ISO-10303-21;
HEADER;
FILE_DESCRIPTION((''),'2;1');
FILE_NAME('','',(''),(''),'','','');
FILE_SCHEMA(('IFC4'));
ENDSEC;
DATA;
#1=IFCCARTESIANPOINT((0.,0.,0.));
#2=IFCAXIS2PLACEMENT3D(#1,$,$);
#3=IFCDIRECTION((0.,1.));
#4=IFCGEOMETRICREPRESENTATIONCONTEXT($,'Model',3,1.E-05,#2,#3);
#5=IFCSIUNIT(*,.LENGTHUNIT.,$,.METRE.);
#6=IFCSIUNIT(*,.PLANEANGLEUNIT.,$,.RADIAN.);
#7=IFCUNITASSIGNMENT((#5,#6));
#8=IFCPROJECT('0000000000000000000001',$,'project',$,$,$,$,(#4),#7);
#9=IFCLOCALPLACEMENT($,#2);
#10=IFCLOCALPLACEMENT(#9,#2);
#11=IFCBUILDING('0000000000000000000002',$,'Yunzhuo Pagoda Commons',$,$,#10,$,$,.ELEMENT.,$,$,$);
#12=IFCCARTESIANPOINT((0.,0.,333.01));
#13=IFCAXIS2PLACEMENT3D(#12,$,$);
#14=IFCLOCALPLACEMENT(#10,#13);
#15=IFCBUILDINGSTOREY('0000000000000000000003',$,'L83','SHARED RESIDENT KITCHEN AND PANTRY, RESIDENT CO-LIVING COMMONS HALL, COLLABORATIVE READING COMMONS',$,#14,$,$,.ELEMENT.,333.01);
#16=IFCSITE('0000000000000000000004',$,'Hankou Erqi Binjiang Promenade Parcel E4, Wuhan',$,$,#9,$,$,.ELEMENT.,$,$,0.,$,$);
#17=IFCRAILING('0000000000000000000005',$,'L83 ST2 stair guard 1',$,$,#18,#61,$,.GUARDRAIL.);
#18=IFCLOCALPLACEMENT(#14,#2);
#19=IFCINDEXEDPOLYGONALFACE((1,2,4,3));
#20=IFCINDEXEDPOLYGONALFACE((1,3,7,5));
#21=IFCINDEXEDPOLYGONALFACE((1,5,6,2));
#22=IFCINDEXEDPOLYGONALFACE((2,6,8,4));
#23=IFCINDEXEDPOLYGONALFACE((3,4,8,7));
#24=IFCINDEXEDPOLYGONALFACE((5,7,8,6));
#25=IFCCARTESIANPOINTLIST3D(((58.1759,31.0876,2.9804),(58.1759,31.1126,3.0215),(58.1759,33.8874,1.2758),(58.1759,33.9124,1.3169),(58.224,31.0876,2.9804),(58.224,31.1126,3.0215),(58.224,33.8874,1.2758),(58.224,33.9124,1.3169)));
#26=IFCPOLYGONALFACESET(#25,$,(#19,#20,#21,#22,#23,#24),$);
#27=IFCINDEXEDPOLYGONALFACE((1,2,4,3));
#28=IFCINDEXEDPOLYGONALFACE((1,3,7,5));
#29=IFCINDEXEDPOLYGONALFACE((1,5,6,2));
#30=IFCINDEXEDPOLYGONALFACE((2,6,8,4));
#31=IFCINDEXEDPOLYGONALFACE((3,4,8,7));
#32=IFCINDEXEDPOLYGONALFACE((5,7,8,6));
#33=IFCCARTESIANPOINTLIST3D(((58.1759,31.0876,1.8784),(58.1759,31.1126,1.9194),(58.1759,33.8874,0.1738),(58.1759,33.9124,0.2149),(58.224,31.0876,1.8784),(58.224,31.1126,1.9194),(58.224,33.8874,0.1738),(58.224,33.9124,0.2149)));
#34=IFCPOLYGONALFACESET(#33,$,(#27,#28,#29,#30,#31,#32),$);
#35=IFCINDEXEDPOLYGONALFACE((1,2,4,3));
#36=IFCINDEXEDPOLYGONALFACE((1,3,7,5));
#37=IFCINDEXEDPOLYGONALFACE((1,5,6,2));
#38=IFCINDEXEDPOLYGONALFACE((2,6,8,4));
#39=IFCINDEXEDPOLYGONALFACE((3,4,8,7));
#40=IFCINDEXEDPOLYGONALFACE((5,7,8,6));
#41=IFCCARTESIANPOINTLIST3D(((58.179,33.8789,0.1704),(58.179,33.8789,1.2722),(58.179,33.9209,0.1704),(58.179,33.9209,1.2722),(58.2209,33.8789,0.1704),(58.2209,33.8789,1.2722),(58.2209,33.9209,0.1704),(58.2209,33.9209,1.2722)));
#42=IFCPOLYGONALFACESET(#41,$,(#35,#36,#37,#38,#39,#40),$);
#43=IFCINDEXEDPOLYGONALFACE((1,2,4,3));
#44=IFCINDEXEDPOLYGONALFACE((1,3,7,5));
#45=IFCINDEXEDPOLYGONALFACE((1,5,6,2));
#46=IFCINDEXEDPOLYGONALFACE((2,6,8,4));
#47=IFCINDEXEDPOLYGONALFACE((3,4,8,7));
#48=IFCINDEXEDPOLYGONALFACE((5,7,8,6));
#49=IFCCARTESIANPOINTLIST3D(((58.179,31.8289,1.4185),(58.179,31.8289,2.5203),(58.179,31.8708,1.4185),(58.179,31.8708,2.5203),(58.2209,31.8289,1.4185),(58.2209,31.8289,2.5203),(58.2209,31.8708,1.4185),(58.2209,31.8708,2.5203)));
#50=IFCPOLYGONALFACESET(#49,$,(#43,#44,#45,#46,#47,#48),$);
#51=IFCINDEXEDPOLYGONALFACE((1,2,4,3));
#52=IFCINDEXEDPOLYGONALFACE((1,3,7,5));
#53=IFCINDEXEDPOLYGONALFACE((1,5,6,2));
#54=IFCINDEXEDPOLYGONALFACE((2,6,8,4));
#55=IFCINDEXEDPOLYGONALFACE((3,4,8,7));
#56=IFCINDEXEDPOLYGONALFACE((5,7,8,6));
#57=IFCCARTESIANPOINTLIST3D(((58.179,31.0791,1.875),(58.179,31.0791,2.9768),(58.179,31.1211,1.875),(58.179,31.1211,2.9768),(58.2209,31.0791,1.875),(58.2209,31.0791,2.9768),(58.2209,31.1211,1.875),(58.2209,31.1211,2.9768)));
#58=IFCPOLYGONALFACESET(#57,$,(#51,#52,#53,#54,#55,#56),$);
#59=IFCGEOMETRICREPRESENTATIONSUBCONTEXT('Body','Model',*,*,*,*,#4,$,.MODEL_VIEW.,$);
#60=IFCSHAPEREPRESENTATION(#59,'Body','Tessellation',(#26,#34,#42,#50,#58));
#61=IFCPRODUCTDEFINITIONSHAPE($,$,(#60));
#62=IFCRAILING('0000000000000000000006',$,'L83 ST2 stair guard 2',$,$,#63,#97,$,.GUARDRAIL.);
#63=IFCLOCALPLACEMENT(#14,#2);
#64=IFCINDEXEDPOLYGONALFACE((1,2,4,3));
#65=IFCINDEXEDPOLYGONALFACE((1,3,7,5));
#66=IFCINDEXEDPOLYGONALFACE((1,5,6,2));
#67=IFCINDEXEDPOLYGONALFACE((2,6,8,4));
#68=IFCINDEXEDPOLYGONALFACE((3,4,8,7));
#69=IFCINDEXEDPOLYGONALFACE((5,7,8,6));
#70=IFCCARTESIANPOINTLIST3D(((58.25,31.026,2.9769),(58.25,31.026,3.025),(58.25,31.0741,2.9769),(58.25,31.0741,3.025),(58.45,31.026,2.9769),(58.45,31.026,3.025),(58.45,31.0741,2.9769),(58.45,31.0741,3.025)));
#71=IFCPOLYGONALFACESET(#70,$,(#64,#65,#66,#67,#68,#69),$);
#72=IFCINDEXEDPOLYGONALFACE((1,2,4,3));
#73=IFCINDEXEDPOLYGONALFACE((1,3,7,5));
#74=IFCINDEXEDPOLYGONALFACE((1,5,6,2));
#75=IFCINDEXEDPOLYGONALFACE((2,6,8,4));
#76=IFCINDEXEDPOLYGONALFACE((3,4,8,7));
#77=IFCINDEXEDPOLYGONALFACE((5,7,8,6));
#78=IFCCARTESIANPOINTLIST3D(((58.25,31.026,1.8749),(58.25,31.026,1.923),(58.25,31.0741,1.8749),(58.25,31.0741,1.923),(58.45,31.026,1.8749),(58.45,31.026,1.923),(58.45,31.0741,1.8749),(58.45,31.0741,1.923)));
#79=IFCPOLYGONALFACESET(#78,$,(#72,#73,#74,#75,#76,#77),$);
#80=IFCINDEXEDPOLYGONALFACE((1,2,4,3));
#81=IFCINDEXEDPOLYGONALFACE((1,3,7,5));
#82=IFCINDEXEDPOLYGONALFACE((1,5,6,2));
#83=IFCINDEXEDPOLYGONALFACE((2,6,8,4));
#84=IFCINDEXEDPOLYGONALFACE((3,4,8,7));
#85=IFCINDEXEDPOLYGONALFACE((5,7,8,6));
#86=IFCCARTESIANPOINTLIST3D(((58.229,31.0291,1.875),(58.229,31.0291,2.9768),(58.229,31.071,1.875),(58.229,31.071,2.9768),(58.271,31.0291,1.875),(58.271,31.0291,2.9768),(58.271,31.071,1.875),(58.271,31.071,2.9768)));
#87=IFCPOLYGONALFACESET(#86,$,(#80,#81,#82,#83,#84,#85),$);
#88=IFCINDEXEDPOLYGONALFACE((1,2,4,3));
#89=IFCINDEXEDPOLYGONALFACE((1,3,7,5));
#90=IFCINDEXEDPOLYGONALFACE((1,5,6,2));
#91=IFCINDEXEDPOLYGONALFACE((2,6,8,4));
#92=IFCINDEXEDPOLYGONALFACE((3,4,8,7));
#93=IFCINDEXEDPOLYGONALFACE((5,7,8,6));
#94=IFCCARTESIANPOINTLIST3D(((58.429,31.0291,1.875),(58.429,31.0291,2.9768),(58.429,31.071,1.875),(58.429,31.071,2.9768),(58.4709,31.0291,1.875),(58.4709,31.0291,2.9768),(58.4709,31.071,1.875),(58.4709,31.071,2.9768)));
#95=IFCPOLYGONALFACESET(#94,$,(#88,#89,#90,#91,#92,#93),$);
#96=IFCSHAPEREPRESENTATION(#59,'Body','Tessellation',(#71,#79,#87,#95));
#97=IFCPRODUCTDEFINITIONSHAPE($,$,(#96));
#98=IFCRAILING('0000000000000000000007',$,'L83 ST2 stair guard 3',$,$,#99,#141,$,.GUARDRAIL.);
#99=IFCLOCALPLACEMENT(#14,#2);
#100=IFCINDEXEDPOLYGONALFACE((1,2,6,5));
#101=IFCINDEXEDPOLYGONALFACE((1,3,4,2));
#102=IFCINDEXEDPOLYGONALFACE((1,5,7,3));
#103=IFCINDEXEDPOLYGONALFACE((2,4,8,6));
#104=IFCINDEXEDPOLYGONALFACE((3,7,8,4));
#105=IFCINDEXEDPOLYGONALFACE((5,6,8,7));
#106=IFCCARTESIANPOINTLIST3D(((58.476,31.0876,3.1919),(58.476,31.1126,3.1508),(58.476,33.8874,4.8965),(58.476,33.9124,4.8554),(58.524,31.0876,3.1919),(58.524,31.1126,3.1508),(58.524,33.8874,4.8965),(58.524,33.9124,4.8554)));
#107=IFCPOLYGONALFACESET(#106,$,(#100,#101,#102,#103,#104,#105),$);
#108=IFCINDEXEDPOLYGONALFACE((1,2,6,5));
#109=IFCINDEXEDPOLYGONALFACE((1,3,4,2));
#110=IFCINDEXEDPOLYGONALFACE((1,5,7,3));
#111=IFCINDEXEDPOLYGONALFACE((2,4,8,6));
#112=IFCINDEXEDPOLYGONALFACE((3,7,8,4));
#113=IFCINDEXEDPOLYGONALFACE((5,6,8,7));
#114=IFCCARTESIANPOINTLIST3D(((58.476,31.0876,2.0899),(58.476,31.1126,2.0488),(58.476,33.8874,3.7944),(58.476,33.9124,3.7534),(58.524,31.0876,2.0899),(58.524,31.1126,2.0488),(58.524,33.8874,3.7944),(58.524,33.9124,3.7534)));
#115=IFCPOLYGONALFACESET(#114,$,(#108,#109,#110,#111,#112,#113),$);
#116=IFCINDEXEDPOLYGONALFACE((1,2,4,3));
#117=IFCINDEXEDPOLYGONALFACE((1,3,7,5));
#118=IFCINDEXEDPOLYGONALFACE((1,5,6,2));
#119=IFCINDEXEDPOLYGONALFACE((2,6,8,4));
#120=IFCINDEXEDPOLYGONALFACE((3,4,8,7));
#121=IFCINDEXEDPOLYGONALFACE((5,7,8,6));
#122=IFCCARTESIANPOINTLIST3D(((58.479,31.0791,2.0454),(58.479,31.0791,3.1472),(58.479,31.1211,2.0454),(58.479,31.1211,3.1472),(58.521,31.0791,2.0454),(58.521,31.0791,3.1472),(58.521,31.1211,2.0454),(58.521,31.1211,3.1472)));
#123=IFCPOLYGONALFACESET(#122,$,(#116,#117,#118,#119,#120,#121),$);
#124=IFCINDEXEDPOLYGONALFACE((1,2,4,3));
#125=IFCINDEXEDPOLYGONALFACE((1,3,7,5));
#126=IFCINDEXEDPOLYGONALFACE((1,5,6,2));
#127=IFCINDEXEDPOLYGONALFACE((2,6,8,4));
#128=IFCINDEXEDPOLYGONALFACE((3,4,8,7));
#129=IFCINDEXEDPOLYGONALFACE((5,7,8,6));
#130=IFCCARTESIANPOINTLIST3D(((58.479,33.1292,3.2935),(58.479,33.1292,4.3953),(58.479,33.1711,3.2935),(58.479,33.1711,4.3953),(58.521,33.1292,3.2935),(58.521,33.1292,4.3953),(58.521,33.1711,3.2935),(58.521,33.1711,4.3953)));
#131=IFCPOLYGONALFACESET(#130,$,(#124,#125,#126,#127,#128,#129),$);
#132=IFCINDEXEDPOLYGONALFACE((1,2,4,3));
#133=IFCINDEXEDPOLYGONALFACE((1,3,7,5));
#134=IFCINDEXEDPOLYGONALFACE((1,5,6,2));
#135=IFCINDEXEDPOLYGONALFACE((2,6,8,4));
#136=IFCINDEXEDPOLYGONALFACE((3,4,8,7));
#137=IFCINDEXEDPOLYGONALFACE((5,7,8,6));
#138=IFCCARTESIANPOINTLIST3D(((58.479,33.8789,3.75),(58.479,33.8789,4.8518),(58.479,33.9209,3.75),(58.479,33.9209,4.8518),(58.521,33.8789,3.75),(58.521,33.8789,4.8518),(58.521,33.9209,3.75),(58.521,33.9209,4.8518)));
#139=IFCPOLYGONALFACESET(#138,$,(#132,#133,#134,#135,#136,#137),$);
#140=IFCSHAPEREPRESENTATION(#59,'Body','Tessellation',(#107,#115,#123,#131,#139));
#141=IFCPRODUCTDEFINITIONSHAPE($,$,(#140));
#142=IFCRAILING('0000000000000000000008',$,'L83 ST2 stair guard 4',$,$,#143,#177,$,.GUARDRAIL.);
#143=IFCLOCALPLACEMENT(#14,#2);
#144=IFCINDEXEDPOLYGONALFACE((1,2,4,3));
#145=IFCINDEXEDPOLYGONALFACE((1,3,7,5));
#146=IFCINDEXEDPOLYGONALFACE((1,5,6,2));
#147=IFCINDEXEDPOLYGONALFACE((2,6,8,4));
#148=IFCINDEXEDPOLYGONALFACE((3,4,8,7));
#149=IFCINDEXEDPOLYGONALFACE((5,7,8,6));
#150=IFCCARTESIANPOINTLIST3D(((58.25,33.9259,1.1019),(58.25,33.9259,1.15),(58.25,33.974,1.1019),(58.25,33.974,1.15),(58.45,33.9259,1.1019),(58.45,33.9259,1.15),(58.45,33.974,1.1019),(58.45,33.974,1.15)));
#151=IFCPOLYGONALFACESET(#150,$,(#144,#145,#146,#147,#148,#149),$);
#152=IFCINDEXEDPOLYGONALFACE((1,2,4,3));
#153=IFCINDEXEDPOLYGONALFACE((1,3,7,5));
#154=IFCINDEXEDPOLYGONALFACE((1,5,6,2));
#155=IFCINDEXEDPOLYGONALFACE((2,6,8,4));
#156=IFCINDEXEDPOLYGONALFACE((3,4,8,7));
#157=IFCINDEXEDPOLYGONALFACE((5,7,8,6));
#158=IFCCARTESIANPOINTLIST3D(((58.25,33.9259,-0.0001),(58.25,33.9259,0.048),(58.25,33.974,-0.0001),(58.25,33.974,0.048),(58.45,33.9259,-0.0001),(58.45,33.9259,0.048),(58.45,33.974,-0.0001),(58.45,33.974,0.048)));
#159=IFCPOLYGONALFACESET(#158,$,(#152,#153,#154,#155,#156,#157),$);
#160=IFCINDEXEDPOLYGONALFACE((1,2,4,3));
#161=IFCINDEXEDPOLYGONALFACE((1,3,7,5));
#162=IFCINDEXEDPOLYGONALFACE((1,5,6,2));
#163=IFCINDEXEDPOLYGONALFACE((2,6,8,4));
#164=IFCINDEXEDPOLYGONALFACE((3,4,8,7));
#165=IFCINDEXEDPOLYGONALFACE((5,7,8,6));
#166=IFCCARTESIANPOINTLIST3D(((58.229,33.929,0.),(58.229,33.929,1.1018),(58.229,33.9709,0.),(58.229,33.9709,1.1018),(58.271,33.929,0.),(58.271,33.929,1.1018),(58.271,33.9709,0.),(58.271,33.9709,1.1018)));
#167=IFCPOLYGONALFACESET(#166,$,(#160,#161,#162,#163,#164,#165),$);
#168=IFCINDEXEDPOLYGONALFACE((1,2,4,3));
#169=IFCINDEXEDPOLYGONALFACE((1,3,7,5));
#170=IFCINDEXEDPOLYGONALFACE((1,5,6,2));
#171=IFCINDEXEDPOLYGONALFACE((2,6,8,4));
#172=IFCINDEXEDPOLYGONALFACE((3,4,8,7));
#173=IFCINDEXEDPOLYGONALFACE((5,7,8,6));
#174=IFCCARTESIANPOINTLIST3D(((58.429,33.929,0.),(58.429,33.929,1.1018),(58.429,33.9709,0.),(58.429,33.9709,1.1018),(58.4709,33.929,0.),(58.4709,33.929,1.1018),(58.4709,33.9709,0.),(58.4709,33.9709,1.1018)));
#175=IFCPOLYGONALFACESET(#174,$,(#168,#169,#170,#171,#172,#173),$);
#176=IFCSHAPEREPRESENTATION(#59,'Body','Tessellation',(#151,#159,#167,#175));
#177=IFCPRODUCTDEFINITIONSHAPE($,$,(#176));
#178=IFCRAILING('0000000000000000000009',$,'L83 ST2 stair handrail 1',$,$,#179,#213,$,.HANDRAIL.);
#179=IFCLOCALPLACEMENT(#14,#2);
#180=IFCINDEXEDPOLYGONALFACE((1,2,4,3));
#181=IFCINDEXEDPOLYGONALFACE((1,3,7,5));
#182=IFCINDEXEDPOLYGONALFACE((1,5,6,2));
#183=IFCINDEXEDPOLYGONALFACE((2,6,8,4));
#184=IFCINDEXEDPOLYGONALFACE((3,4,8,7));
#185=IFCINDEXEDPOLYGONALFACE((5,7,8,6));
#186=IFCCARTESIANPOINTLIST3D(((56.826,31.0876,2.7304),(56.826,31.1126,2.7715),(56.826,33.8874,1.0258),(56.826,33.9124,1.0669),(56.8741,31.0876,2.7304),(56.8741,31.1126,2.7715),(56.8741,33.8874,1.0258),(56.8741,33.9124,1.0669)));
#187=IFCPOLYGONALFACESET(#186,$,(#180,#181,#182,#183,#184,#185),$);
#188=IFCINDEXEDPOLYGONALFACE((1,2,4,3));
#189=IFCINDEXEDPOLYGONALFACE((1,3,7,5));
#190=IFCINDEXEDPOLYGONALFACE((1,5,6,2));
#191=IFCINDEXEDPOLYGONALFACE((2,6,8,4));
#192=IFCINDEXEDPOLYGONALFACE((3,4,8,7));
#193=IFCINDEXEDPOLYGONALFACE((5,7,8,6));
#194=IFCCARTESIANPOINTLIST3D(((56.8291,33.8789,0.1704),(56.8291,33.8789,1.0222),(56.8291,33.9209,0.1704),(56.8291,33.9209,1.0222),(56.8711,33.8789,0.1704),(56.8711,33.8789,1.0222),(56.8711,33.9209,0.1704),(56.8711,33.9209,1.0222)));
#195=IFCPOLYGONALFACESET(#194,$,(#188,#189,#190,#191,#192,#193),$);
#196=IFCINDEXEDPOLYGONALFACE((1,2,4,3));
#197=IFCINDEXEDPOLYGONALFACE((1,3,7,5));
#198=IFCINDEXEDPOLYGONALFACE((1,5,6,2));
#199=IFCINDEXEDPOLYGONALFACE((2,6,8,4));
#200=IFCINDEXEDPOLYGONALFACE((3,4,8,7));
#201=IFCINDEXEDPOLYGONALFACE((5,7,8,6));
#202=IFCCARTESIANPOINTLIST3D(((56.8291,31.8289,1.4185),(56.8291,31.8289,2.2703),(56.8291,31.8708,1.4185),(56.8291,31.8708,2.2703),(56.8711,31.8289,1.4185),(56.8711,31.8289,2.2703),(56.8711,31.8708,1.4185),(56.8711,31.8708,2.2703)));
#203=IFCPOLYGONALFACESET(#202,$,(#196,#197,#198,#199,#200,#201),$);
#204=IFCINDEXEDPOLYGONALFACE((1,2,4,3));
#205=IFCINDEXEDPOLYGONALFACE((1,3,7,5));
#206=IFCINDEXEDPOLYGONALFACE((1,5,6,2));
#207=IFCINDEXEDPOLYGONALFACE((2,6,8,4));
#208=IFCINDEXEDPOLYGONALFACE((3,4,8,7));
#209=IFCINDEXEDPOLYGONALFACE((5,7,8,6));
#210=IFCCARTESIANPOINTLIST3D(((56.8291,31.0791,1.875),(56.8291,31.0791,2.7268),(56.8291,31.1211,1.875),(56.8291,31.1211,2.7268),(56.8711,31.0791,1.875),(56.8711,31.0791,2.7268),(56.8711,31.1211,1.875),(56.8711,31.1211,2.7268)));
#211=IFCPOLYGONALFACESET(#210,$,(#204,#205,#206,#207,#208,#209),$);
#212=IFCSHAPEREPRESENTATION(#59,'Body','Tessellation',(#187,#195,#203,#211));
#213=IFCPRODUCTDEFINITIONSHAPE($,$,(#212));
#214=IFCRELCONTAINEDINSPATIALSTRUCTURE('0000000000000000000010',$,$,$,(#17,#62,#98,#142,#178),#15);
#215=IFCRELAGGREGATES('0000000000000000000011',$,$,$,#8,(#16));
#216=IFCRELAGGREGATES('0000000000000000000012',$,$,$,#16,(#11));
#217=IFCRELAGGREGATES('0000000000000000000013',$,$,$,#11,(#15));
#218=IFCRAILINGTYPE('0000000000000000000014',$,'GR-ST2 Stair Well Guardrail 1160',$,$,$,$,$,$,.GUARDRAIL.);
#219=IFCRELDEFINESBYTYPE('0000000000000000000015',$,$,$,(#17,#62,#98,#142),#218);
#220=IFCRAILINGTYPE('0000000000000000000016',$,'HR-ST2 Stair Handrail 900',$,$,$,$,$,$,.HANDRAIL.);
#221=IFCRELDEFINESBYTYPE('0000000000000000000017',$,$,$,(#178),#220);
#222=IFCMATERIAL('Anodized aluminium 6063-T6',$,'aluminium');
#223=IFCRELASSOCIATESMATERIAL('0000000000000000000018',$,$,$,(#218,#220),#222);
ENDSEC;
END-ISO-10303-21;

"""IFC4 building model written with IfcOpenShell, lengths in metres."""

from ifc_helpers import new_model, si_unit, direction, frame, origin, origin_2d, place, context, subcontext, project, spatial, rectangle, extrude, material, type_object, element, save


model = new_model("IFC4")

# Units and contexts
model_context = context("Model", 3, precision=1e-05, world=origin(), true_north=direction((0.0, 1.0)))
body_context = subcontext(model_context, "Body", "Model", "MODEL_VIEW")
ifc_project = project(units=[si_unit("LENGTHUNIT", "METRE"), si_unit("PLANEANGLEUNIT", "RADIAN")], contexts=[model_context])

# Site, building, storey
site_placement = place(None, origin())
site = spatial("IfcSite", under=ifc_project, at=site_placement, Name="Hankou Erqi Binjiang Promenade Parcel E4, Wuhan", CompositionType="ELEMENT", RefElevation=0.0)
building_placement = place(site_placement, origin())
building = spatial("IfcBuilding", under=site, at=building_placement, Name="Yunzhuo Pagoda Commons", CompositionType="ELEMENT")
storey_placement = place(building_placement, frame((0.0, 0.0, 333.01)))
storey = spatial("IfcBuildingStorey", under=building, at=storey_placement, Name="L83", Description="SHARED RESIDENT KITCHEN AND PANTRY, RESIDENT CO-LIVING COMMONS HALL, COLLABORATIVE READING COMMONS", CompositionType="ELEMENT", Elevation=333.01)

# Shared definitions
ifc_material_1 = material(Name="Anodized aluminium 6063-T6", Category="aluminium")

# Railings
railing_type_1 = type_object("IfcRailingType", Name="GR-ST2 Stair Well Guardrail 1160", PredefinedType="GUARDRAIL", material=ifc_material_1)
railing_1_placement = place(storey_placement, frame((58.2, 33.8999, 0.1704)))
element("IfcRailing", 1, at=railing_1_placement, inside=storey, type_object=railing_type_1, Name="L83 ST2 stair guard 1", PredefinedType="GUARDRAIL", context=body_context, shape_type="SweptSolid", body=[
    extrude(rectangle(XDim=0.0481, YDim=0.0481, at=origin_2d()), frame((0.0, 0.0, 1.126), z_axis=(0.0, -0.85415, 0.520027), x_axis=(1.0, 0.0, 0.0)), (0.0, 0.0, 1.0), 3.2778),
    extrude(rectangle(XDim=0.0481, YDim=0.0481, at=origin_2d()), frame((0.0, 0.0, 0.0239), z_axis=(0.0, -0.85415, 0.520027), x_axis=(1.0, 0.0, 0.0)), (0.0, 0.0, 1.0), 3.2778),
    extrude(rectangle(XDim=0.042, YDim=0.042, at=origin_2d()), origin(), (0.0, 0.0, 1.0), 1.1018),
    extrude(rectangle(XDim=0.042, YDim=0.042, at=origin_2d()), frame((0.0, -2.05, 1.248)), (0.0, 0.0, 1.0), 1.1018),
    extrude(rectangle(XDim=0.042, YDim=0.042, at=origin_2d()), frame((0.0, -2.7998, 1.7046)), (0.0, 0.0, 1.0), 1.1018),
])
railing_2_placement = place(storey_placement, frame((58.25, 31.05, 1.875)))
element("IfcRailing", 2, at=railing_2_placement, inside=storey, type_object=railing_type_1, Name="L83 ST2 stair guard 2", PredefinedType="GUARDRAIL", context=body_context, shape_type="SweptSolid", body=[
    extrude(rectangle(XDim=0.0481, YDim=0.0481, at=origin_2d()), frame((0.0, 0.0, 1.126), z_axis=(1.0, 0.0, 0.0), x_axis=(0.0, 1.0, 0.0)), (0.0, 0.0, 1.0), 0.2),
    extrude(rectangle(XDim=0.0481, YDim=0.0481, at=origin_2d()), frame((0.0, 0.0, 0.0239), z_axis=(1.0, 0.0, 0.0), x_axis=(0.0, 1.0, 0.0)), (0.0, 0.0, 1.0), 0.2),
    extrude(rectangle(XDim=0.042, YDim=0.042, at=origin_2d()), origin(), (0.0, 0.0, 1.0), 1.1018),
    extrude(rectangle(XDim=0.042, YDim=0.042, at=origin_2d()), frame((0.2, 0.0, 0.0)), (0.0, 0.0, 1.0), 1.1018),
])
railing_3_placement = place(storey_placement, frame((58.5, 31.1001, 2.0454)))
element("IfcRailing", 3, at=railing_3_placement, inside=storey, type_object=railing_type_1, Name="L83 ST2 stair guard 3", PredefinedType="GUARDRAIL", context=body_context, shape_type="SweptSolid", body=[
    extrude(rectangle(XDim=0.0481, YDim=0.0481, at=origin_2d()), frame((0.0, 0.0, 1.126), z_axis=(0.0, 0.85415, 0.520027), x_axis=(-1.0, 0.0, 0.0)), (0.0, 0.0, 1.0), 3.2778),
    extrude(rectangle(XDim=0.0481, YDim=0.0481, at=origin_2d()), frame((0.0, 0.0, 0.0239), z_axis=(0.0, 0.85415, 0.520027), x_axis=(-1.0, 0.0, 0.0)), (0.0, 0.0, 1.0), 3.2778),
    extrude(rectangle(XDim=0.042, YDim=0.042, at=origin_2d()), origin(), (0.0, 0.0, 1.0), 1.1018),
    extrude(rectangle(XDim=0.042, YDim=0.042, at=origin_2d()), frame((0.0, 2.05, 1.248)), (0.0, 0.0, 1.0), 1.1018),
    extrude(rectangle(XDim=0.042, YDim=0.042, at=origin_2d()), frame((0.0, 2.7998, 1.7046)), (0.0, 0.0, 1.0), 1.1018),
])
railing_4_placement = place(storey_placement, frame((58.25, 33.95, 0.0)))
element("IfcRailing", 4, at=railing_4_placement, inside=storey, type_object=railing_type_1, Name="L83 ST2 stair guard 4", PredefinedType="GUARDRAIL", context=body_context, shape_type="SweptSolid", body=[
    extrude(rectangle(XDim=0.0481, YDim=0.0481, at=origin_2d()), frame((0.0, 0.0, 1.126), z_axis=(1.0, 0.0, 0.0), x_axis=(0.0, 1.0, 0.0)), (0.0, 0.0, 1.0), 0.2),
    extrude(rectangle(XDim=0.0481, YDim=0.0481, at=origin_2d()), frame((0.0, 0.0, 0.0239), z_axis=(1.0, 0.0, 0.0), x_axis=(0.0, 1.0, 0.0)), (0.0, 0.0, 1.0), 0.2),
    extrude(rectangle(XDim=0.042, YDim=0.042, at=origin_2d()), origin(), (0.0, 0.0, 1.0), 1.1018),
    extrude(rectangle(XDim=0.042, YDim=0.042, at=origin_2d()), frame((0.2, 0.0, 0.0)), (0.0, 0.0, 1.0), 1.1018),
])
railing_type_2 = type_object("IfcRailingType", Name="HR-ST2 Stair Handrail 900", PredefinedType="HANDRAIL", material=ifc_material_1)
railing_5_placement = place(storey_placement, frame((56.8501, 33.8999, 0.1704)))
element("IfcRailing", 5, at=railing_5_placement, inside=storey, type_object=railing_type_2, Name="L83 ST2 stair handrail 1", PredefinedType="HANDRAIL", context=body_context, shape_type="SweptSolid", body=[
    extrude(rectangle(XDim=0.0481, YDim=0.0481, at=origin_2d()), frame((0.0, 0.0, 0.876), z_axis=(0.0, -0.85415, 0.520027), x_axis=(1.0, 0.0, 0.0)), (0.0, 0.0, 1.0), 3.2778),
    extrude(rectangle(XDim=0.042, YDim=0.042, at=origin_2d()), origin(), (0.0, 0.0, 1.0), 0.8518),
    extrude(rectangle(XDim=0.042, YDim=0.042, at=origin_2d()), frame((0.0, -2.05, 1.248)), (0.0, 0.0, 1.0), 0.8518),
    extrude(rectangle(XDim=0.042, YDim=0.042, at=origin_2d()), frame((0.0, -2.7998, 1.7046)), (0.0, 0.0, 1.0), 0.8518),
])

save(model, "model.ifc")
